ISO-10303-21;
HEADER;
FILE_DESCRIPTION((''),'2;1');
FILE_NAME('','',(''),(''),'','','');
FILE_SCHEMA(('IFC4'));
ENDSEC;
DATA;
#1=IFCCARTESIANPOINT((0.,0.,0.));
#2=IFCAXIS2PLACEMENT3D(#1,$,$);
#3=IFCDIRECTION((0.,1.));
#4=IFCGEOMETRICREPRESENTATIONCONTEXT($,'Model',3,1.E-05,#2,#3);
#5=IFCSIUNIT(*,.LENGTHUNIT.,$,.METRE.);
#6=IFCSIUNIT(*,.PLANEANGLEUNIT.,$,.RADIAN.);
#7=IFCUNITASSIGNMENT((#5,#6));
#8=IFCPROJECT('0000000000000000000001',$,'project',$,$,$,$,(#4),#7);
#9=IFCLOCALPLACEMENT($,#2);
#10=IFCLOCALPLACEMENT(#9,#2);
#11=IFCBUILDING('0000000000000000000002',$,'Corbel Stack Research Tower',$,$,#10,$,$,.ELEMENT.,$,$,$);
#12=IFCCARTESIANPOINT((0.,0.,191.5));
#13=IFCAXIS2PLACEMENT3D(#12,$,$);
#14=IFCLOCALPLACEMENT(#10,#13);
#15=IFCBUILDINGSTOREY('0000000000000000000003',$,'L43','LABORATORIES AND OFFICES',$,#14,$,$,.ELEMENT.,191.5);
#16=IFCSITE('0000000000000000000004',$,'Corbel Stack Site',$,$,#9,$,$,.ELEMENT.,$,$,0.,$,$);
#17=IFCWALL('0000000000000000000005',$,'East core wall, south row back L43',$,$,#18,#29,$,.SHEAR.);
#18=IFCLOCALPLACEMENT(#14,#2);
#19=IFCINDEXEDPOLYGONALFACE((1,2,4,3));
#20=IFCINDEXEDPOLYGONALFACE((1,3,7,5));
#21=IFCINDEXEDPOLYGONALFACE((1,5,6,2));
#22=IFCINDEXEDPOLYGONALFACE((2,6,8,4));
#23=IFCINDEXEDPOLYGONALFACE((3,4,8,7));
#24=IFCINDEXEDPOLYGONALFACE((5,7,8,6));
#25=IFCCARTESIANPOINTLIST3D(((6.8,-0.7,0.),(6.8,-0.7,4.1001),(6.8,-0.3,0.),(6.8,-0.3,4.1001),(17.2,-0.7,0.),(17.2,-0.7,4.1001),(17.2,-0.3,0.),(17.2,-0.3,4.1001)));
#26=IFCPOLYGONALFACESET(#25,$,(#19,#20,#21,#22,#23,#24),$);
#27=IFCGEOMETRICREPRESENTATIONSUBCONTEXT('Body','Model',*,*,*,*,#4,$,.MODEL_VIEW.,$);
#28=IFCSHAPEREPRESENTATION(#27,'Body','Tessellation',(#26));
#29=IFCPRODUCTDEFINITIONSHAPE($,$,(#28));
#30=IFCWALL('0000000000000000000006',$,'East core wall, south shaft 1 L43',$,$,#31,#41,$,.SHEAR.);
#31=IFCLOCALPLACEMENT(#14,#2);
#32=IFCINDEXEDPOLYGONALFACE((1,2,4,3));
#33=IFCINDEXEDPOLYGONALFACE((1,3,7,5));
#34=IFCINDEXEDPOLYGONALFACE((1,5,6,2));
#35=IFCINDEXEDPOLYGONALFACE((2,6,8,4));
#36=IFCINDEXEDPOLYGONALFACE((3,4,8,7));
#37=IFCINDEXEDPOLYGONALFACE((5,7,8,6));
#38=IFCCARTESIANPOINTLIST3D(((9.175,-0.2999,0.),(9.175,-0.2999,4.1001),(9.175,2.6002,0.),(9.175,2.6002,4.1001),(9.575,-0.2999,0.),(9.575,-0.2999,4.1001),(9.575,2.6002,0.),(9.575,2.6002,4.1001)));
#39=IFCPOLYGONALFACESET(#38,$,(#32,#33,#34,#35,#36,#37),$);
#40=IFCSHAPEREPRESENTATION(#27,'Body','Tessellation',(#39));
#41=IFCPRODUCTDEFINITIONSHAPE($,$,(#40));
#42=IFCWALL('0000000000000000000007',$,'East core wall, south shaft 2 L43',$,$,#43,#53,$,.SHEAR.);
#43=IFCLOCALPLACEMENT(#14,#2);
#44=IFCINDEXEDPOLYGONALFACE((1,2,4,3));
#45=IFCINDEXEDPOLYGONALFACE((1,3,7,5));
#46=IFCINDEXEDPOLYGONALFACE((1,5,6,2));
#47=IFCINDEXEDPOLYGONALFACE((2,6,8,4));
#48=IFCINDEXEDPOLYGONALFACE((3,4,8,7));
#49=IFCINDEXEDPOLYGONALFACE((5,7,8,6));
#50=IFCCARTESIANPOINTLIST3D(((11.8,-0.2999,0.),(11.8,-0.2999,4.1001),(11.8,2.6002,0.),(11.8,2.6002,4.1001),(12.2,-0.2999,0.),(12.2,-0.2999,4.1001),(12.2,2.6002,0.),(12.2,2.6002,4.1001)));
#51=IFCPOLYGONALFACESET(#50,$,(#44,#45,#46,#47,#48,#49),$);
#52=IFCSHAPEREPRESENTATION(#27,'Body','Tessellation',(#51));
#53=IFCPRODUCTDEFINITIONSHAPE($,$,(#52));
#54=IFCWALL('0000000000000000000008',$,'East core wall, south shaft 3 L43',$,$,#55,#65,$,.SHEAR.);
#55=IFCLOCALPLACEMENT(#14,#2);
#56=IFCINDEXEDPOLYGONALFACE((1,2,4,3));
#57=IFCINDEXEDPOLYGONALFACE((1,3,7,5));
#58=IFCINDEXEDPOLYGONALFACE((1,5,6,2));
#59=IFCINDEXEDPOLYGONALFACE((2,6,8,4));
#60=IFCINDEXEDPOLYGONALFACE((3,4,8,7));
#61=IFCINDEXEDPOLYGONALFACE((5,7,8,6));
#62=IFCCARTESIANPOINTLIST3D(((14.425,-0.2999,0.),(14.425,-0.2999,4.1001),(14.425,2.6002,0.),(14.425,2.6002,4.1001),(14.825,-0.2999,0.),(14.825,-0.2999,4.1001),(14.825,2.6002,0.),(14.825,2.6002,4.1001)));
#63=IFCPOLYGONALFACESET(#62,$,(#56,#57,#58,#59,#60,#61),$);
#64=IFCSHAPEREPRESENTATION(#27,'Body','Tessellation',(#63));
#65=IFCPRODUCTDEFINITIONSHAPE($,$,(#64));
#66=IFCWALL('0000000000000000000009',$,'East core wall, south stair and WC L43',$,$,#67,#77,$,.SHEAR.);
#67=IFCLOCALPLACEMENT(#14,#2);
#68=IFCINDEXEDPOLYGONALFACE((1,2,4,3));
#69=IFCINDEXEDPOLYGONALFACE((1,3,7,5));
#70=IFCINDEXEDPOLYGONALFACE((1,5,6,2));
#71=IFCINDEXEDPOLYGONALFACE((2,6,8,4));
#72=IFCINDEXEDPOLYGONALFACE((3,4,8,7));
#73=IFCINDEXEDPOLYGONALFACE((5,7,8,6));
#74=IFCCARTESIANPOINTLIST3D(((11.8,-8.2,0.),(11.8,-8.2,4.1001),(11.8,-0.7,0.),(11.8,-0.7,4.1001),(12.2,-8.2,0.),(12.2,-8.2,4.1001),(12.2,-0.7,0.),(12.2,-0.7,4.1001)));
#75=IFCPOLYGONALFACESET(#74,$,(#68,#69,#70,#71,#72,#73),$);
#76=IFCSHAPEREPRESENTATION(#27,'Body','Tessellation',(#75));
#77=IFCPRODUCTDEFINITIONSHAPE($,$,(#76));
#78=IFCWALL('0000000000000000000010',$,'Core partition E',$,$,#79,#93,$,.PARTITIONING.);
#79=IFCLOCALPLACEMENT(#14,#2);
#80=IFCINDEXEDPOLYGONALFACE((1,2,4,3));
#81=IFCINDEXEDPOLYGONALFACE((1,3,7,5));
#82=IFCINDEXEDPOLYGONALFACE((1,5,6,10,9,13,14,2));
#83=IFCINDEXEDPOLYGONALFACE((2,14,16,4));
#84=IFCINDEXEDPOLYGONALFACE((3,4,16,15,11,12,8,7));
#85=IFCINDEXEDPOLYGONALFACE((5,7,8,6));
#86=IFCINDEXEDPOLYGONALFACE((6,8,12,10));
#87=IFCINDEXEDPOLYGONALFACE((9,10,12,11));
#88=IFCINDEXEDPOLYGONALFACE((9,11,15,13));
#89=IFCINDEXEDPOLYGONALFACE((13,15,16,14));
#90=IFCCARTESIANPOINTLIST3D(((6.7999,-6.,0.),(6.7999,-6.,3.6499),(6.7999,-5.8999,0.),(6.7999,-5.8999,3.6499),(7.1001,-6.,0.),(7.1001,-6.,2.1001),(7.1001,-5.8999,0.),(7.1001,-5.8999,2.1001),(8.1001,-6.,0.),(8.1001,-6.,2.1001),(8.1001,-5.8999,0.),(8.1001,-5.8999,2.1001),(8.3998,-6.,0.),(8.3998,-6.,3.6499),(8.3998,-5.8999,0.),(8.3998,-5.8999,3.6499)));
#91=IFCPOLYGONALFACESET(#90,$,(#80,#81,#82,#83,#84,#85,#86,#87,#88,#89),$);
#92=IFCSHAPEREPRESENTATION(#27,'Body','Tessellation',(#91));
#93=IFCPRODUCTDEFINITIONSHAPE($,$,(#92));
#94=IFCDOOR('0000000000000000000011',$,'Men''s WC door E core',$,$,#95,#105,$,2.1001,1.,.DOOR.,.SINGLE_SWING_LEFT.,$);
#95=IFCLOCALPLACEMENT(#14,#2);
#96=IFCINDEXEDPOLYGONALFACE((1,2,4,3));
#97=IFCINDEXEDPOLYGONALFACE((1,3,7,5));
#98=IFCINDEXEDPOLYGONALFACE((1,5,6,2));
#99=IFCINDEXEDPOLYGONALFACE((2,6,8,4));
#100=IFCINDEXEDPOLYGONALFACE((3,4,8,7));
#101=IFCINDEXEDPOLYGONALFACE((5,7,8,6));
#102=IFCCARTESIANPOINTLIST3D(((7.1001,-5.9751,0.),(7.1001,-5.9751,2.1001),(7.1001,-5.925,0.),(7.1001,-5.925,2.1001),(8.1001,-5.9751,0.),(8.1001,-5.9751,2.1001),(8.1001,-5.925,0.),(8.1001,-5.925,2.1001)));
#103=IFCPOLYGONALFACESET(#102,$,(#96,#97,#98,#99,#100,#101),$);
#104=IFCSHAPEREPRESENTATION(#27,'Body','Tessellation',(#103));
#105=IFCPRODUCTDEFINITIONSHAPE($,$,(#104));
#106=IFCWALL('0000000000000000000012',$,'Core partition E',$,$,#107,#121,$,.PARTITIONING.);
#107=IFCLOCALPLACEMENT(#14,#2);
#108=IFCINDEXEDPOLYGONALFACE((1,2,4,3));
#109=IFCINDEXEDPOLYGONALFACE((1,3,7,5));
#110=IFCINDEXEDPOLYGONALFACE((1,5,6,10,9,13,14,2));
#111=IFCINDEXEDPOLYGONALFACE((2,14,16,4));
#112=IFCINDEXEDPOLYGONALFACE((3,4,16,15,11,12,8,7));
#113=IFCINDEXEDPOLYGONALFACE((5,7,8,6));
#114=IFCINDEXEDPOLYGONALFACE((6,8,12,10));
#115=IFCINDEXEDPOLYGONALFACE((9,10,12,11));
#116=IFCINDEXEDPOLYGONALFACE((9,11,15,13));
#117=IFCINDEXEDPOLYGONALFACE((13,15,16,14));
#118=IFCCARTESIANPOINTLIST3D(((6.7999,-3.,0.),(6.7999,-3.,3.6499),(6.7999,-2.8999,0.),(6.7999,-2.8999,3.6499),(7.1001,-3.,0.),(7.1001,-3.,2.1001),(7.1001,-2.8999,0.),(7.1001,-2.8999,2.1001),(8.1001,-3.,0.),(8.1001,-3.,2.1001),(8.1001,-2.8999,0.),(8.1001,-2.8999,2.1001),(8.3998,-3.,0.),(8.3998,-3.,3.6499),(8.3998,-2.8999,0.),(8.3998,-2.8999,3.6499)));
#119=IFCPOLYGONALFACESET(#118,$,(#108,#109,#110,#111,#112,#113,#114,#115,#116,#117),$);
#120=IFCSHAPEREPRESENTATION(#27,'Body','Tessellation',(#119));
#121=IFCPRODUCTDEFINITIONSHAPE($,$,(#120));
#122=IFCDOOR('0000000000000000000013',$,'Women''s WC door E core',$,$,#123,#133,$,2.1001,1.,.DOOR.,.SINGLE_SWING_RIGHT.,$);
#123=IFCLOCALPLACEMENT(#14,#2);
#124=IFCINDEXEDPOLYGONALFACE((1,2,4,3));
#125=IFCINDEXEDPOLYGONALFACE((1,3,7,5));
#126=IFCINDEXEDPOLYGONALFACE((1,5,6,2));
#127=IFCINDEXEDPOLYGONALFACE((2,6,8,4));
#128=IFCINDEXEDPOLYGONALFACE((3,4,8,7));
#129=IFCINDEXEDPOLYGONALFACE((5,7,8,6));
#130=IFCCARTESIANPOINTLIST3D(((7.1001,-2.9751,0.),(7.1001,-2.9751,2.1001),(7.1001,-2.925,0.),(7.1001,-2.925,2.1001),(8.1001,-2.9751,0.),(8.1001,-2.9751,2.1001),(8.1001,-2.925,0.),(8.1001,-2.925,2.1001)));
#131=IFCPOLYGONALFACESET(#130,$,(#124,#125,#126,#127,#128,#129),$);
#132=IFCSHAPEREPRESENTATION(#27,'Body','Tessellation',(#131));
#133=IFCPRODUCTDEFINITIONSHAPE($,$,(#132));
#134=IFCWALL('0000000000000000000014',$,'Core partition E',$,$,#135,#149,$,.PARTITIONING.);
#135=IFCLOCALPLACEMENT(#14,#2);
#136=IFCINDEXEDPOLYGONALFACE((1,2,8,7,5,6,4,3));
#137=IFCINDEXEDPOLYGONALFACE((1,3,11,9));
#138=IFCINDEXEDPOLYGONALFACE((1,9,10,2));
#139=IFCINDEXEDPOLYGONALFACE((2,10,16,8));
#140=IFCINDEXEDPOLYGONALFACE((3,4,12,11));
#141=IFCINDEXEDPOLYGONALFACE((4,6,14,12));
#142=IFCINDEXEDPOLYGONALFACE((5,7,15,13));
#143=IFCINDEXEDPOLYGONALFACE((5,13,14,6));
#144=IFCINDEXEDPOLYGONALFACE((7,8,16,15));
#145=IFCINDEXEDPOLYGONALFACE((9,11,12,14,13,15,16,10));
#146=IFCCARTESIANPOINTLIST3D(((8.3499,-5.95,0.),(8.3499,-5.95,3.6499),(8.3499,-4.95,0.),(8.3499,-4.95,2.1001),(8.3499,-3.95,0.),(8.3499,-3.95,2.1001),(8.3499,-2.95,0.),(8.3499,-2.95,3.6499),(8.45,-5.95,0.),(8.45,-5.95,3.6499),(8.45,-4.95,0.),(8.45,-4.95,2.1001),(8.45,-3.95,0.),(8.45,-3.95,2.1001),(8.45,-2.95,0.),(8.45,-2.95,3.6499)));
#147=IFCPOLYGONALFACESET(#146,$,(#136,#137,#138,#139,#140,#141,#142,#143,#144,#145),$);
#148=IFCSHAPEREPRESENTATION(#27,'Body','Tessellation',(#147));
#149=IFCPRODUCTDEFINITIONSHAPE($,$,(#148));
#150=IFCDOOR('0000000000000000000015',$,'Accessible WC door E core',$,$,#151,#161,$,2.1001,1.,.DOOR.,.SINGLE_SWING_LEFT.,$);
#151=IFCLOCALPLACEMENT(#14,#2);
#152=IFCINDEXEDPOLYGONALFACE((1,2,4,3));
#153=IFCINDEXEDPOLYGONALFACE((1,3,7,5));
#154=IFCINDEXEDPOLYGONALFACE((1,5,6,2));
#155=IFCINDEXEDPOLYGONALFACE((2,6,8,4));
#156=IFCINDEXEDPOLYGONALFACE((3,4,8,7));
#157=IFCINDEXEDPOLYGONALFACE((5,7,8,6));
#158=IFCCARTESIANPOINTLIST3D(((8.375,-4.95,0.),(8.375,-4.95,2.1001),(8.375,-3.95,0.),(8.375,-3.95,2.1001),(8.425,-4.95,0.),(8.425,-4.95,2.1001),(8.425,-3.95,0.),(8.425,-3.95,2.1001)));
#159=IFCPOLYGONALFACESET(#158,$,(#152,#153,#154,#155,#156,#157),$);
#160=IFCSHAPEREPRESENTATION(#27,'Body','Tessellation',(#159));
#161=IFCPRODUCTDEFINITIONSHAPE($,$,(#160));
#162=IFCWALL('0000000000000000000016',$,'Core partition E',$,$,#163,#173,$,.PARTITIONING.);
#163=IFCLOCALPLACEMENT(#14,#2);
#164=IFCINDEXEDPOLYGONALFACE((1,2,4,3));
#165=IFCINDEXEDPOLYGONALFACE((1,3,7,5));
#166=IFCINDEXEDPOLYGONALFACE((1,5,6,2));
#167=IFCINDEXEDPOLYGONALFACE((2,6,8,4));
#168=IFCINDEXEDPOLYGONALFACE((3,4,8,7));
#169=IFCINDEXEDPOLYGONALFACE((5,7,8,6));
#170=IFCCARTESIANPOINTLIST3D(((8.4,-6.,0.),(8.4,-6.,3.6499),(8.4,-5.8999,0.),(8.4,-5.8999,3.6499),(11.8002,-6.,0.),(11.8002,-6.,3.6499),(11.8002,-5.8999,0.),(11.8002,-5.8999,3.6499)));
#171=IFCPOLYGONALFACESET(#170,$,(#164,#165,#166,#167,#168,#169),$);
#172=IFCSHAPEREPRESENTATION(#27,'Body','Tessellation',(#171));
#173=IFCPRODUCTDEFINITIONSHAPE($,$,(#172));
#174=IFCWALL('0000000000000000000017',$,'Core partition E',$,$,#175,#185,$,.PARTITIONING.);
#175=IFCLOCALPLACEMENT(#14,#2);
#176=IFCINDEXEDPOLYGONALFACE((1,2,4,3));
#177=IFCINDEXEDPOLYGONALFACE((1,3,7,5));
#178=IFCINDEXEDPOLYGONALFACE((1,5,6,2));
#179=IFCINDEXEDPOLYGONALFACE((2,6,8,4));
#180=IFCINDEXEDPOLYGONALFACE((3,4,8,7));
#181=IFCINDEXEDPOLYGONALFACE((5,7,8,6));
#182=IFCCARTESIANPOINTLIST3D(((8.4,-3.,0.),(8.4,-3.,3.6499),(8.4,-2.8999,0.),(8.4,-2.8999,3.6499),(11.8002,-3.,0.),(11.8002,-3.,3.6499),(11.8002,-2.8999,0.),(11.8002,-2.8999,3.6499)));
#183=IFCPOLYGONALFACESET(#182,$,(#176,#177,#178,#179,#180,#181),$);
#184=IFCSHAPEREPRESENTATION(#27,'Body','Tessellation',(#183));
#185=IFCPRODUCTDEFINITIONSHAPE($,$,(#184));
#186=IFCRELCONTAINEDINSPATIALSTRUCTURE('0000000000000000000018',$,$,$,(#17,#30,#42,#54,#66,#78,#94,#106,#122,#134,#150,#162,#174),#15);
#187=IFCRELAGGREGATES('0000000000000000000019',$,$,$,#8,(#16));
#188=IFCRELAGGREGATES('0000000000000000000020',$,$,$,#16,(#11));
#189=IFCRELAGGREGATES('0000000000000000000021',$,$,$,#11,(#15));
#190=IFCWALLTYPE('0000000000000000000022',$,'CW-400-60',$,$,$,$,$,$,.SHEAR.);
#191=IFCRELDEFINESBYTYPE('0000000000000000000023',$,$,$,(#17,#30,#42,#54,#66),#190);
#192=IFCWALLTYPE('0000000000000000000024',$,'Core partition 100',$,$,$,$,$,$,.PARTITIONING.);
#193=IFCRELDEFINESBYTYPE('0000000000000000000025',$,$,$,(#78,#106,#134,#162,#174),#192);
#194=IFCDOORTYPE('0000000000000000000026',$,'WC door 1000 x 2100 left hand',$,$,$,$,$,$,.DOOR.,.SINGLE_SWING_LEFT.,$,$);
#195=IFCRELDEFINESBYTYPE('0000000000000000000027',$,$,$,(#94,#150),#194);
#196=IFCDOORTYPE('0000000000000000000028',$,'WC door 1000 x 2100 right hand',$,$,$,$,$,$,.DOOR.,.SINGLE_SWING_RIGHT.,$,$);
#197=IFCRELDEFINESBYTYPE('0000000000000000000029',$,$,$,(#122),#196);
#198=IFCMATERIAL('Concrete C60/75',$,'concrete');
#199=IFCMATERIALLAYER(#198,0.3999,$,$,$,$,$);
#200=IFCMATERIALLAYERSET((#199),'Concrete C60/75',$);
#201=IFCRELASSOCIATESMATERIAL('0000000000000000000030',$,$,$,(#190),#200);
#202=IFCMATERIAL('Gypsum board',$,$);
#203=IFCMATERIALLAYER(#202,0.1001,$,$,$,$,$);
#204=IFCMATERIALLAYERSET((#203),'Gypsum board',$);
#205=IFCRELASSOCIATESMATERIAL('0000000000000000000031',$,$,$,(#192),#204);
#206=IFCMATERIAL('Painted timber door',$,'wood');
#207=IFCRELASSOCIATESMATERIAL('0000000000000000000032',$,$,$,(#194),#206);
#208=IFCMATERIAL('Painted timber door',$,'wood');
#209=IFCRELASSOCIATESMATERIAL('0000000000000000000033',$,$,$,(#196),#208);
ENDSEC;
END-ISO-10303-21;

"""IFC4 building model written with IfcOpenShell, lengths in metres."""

from ifc_helpers import new_model, si_unit, direction, frame, frame_2d, origin, place, context, subcontext, project, spatial, rectangle, extrude, material, layer, layer_set, type_object, element, fill, save


model = new_model("IFC4")

# Units and contexts
model_context = context("Model", 3, precision=1e-05, world=origin(), true_north=direction((0.0, 1.0)))
body_context = subcontext(model_context, "Body", "Model", "MODEL_VIEW")
ifc_project = project(units=[si_unit("LENGTHUNIT", "METRE"), si_unit("PLANEANGLEUNIT", "RADIAN")], contexts=[model_context])

# Site, building, storey
site_placement = place(None, origin())
site = spatial("IfcSite", under=ifc_project, at=site_placement, Name="Corbel Stack Site", CompositionType="ELEMENT", RefElevation=0.0)
building_placement = place(site_placement, origin())
building = spatial("IfcBuilding", under=site, at=building_placement, Name="Corbel Stack Research Tower", CompositionType="ELEMENT")
storey_placement = place(building_placement, frame((0.0, 0.0, 191.5)))
storey = spatial("IfcBuildingStorey", under=building, at=storey_placement, Name="L43", Description="LABORATORIES AND OFFICES", CompositionType="ELEMENT", Elevation=191.5)

# Walls
ifc_material_1 = material(Name="Concrete C60/75", Category="concrete")
ifc_layer_1 = layer(ifc_material_1, 0.3999)
ifc_layer_set_1 = layer_set([ifc_layer_1], Name="Concrete C60/75")
wall_type_1 = type_object("IfcWallType", Name="CW-400-60", PredefinedType="SHEAR", material=ifc_layer_set_1)
wall_1_placement = place(storey_placement, frame((6.8, -0.5, 0.0), z_axis=(0.0, 0.0, 1.0), x_axis=(1.0, 0.0, 0.0)))
element("IfcWall", 1, at=wall_1_placement, inside=storey, type_object=wall_type_1, Name="East core wall, south row back L43", PredefinedType="SHEAR", context=body_context, shape_type="SweptSolid", body=[
    extrude(rectangle(XDim=10.3999, YDim=0.3999, at=frame_2d((5.2, 0.0))), origin(), (0.0, 0.0, 1.0), 4.1001),
])
for number, where, z_axis, x_axis, name in (
    (2, (9.375, -0.3, 0.0), (0.0, 0.0, 1.0), (0.0, 1.0, 0.0), "East core wall, south shaft 1 L43"),
    (3, (12.0, -0.3, 0.0), (0.0, 0.0, 1.0), (0.0, 1.0, 0.0), "East core wall, south shaft 2 L43"),
    (4, (14.625, -0.3, 0.0), (0.0, 0.0, 1.0), (0.0, 1.0, 0.0), "East core wall, south shaft 3 L43"),
):
    element("IfcWall", number, at=place(storey_placement, frame(where, z_axis=z_axis, x_axis=x_axis)), inside=storey, type_object=wall_type_1, Name=name, PredefinedType="SHEAR", context=body_context, shape_type="SweptSolid", body=[
        extrude(rectangle(XDim=2.9001, YDim=0.3999, at=frame_2d((1.4502, 0.0))), origin(), (0.0, 0.0, 1.0), 4.1001),
    ])
wall_2_placement = place(storey_placement, frame((12.0, -8.2, 0.0), z_axis=(0.0, 0.0, 1.0), x_axis=(0.0, 1.0, 0.0)))
element("IfcWall", 5, at=wall_2_placement, inside=storey, type_object=wall_type_1, Name="East core wall, south stair and WC L43", PredefinedType="SHEAR", context=body_context, shape_type="SweptSolid", body=[
    extrude(rectangle(XDim=7.5, YDim=0.3999, at=frame_2d((3.75, 0.0))), origin(), (0.0, 0.0, 1.0), 4.1001),
])

# Walls, openings, doors
ifc_material_2 = material(Name="Gypsum board")
ifc_layer_2 = layer(ifc_material_2, 0.1001)
ifc_layer_set_2 = layer_set([ifc_layer_2], Name="Gypsum board")
wall_type_2 = type_object("IfcWallType", Name="Core partition 100", PredefinedType="PARTITIONING", material=ifc_layer_set_2)
wall_3_placement = place(storey_placement, frame((6.8, -5.95, 0.0), z_axis=(0.0, 0.0, 1.0), x_axis=(1.0, 0.0, 0.0)))
wall_3 = element("IfcWall", 6, at=wall_3_placement, inside=storey, type_object=wall_type_2, Name="Core partition E", PredefinedType="PARTITIONING", context=body_context, shape_type="SweptSolid", body=[
    extrude(rectangle(XDim=1.5999, YDim=0.1001, at=frame_2d((0.7998, 0.0))), origin(), (0.0, 0.0, 1.0), 3.6499),
])
opening_1_placement = place(wall_3_placement, frame((0.3, 0.0, 0.0)))
opening_1 = element("IfcOpeningElement", 7, at=opening_1_placement, cuts=wall_3, PredefinedType="OPENING", context=body_context, shape_type="SweptSolid", body=[
    extrude(rectangle(XDim=1.0, YDim=2.1001, at=frame_2d((0.5, 1.05))), frame((0.0, 0.0601, 0.0), z_axis=(0.0, -1.0, 0.0), x_axis=(1.0, 0.0, 0.0)), (0.0, 0.0, 1.0), 0.1201),
])
ifc_material_3 = material(Name="Painted timber door", Category="wood")
door_type_1 = type_object("IfcDoorType", Name="WC door 1000 x 2100 left hand", OperationType="SINGLE_SWING_LEFT", PredefinedType="DOOR", material=ifc_material_3)
door_1_placement = place(opening_1_placement, origin())
door_1 = element("IfcDoor", 8, at=door_1_placement, inside=storey, type_object=door_type_1, Name="Men's WC door E core", OperationType="SINGLE_SWING_LEFT", OverallHeight=2.1001, OverallWidth=1.0, PredefinedType="DOOR", context=body_context, shape_type="SweptSolid", body=[
    extrude(rectangle(XDim=1.0, YDim=2.1001, at=frame_2d((0.5, 1.05))), frame((0.0, 0.0249, 0.0), z_axis=(0.0, -1.0, 0.0), x_axis=(1.0, 0.0, 0.0)), (0.0, 0.0, 1.0), 0.05),
])
fill(opening_1, door_1)
wall_4_placement = place(storey_placement, frame((6.8, -2.95, 0.0), z_axis=(0.0, 0.0, 1.0), x_axis=(1.0, 0.0, 0.0)))
wall_4 = element("IfcWall", 9, at=wall_4_placement, inside=storey, type_object=wall_type_2, Name="Core partition E", PredefinedType="PARTITIONING", context=body_context, shape_type="SweptSolid", body=[
    extrude(rectangle(XDim=1.5999, YDim=0.1001, at=frame_2d((0.7998, 0.0))), origin(), (0.0, 0.0, 1.0), 3.6499),
])
opening_2_placement = place(wall_4_placement, frame((0.3, 0.0, 0.0)))
opening_2 = element("IfcOpeningElement", 10, at=opening_2_placement, cuts=wall_4, PredefinedType="OPENING", context=body_context, shape_type="SweptSolid", body=[
    extrude(rectangle(XDim=1.0, YDim=2.1001, at=frame_2d((0.5, 1.05))), frame((0.0, 0.0601, 0.0), z_axis=(0.0, -1.0, 0.0), x_axis=(1.0, 0.0, 0.0)), (0.0, 0.0, 1.0), 0.1201),
])
ifc_material_4 = material(Name="Painted timber door", Category="wood")
door_type_2 = type_object("IfcDoorType", Name="WC door 1000 x 2100 right hand", OperationType="SINGLE_SWING_RIGHT", PredefinedType="DOOR", material=ifc_material_4)
door_2_placement = place(opening_2_placement, origin())
door_2 = element("IfcDoor", 11, at=door_2_placement, inside=storey, type_object=door_type_2, Name="Women's WC door E core", OperationType="SINGLE_SWING_RIGHT", OverallHeight=2.1001, OverallWidth=1.0, PredefinedType="DOOR", context=body_context, shape_type="SweptSolid", body=[
    extrude(rectangle(XDim=1.0, YDim=2.1001, at=frame_2d((0.5, 1.05))), frame((0.0, 0.0249, 0.0), z_axis=(0.0, -1.0, 0.0), x_axis=(1.0, 0.0, 0.0)), (0.0, 0.0, 1.0), 0.05),
])
fill(opening_2, door_2)
wall_5_placement = place(storey_placement, frame((8.3999, -5.95, 0.0), z_axis=(0.0, 0.0, 1.0), x_axis=(0.0, 1.0, 0.0)))
wall_5 = element("IfcWall", 12, at=wall_5_placement, inside=storey, type_object=wall_type_2, Name="Core partition E", PredefinedType="PARTITIONING", context=body_context, shape_type="SweptSolid", body=[
    extrude(rectangle(XDim=3.0, YDim=0.1001, at=frame_2d((1.5, 0.0))), origin(), (0.0, 0.0, 1.0), 3.6499),
])
opening_3_placement = place(wall_5_placement, frame((1.0, 0.0, 0.0)))
opening_3 = element("IfcOpeningElement", 13, at=opening_3_placement, cuts=wall_5, PredefinedType="OPENING", context=body_context, shape_type="SweptSolid", body=[
    extrude(rectangle(XDim=1.0, YDim=2.1001, at=frame_2d((0.5, 1.05))), frame((0.0, 0.0601, 0.0), z_axis=(0.0, -1.0, 0.0), x_axis=(1.0, 0.0, 0.0)), (0.0, 0.0, 1.0), 0.1201),
])
door_3_placement = place(opening_3_placement, origin())
door_3 = element("IfcDoor", 14, at=door_3_placement, inside=storey, type_object=door_type_1, Name="Accessible WC door E core", OperationType="SINGLE_SWING_LEFT", OverallHeight=2.1001, OverallWidth=1.0, PredefinedType="DOOR", context=body_context, shape_type="SweptSolid", body=[
    extrude(rectangle(XDim=1.0, YDim=2.1001, at=frame_2d((0.5, 1.05))), frame((0.0, 0.0249, 0.0), z_axis=(0.0, -1.0, 0.0), x_axis=(1.0, 0.0, 0.0)), (0.0, 0.0, 1.0), 0.05),
])
fill(opening_3, door_3)

# Walls
for number, where, z_axis, x_axis, name in (
    (15, (8.3999, -5.95, 0.0), (0.0, 0.0, 1.0), (1.0, 0.0, 0.0), "Core partition E"),
    (16, (8.3999, -2.95, 0.0), (0.0, 0.0, 1.0), (1.0, 0.0, 0.0), "Core partition E"),
):
    element("IfcWall", number, at=place(storey_placement, frame(where, z_axis=z_axis, x_axis=x_axis)), inside=storey, type_object=wall_type_2, Name=name, PredefinedType="PARTITIONING", context=body_context, shape_type="SweptSolid", body=[
        extrude(rectangle(XDim=3.4001, YDim=0.1001, at=frame_2d((1.7002, 0.0))), origin(), (0.0, 0.0, 1.0), 3.6499),
    ])

save(model, "model.ifc")
